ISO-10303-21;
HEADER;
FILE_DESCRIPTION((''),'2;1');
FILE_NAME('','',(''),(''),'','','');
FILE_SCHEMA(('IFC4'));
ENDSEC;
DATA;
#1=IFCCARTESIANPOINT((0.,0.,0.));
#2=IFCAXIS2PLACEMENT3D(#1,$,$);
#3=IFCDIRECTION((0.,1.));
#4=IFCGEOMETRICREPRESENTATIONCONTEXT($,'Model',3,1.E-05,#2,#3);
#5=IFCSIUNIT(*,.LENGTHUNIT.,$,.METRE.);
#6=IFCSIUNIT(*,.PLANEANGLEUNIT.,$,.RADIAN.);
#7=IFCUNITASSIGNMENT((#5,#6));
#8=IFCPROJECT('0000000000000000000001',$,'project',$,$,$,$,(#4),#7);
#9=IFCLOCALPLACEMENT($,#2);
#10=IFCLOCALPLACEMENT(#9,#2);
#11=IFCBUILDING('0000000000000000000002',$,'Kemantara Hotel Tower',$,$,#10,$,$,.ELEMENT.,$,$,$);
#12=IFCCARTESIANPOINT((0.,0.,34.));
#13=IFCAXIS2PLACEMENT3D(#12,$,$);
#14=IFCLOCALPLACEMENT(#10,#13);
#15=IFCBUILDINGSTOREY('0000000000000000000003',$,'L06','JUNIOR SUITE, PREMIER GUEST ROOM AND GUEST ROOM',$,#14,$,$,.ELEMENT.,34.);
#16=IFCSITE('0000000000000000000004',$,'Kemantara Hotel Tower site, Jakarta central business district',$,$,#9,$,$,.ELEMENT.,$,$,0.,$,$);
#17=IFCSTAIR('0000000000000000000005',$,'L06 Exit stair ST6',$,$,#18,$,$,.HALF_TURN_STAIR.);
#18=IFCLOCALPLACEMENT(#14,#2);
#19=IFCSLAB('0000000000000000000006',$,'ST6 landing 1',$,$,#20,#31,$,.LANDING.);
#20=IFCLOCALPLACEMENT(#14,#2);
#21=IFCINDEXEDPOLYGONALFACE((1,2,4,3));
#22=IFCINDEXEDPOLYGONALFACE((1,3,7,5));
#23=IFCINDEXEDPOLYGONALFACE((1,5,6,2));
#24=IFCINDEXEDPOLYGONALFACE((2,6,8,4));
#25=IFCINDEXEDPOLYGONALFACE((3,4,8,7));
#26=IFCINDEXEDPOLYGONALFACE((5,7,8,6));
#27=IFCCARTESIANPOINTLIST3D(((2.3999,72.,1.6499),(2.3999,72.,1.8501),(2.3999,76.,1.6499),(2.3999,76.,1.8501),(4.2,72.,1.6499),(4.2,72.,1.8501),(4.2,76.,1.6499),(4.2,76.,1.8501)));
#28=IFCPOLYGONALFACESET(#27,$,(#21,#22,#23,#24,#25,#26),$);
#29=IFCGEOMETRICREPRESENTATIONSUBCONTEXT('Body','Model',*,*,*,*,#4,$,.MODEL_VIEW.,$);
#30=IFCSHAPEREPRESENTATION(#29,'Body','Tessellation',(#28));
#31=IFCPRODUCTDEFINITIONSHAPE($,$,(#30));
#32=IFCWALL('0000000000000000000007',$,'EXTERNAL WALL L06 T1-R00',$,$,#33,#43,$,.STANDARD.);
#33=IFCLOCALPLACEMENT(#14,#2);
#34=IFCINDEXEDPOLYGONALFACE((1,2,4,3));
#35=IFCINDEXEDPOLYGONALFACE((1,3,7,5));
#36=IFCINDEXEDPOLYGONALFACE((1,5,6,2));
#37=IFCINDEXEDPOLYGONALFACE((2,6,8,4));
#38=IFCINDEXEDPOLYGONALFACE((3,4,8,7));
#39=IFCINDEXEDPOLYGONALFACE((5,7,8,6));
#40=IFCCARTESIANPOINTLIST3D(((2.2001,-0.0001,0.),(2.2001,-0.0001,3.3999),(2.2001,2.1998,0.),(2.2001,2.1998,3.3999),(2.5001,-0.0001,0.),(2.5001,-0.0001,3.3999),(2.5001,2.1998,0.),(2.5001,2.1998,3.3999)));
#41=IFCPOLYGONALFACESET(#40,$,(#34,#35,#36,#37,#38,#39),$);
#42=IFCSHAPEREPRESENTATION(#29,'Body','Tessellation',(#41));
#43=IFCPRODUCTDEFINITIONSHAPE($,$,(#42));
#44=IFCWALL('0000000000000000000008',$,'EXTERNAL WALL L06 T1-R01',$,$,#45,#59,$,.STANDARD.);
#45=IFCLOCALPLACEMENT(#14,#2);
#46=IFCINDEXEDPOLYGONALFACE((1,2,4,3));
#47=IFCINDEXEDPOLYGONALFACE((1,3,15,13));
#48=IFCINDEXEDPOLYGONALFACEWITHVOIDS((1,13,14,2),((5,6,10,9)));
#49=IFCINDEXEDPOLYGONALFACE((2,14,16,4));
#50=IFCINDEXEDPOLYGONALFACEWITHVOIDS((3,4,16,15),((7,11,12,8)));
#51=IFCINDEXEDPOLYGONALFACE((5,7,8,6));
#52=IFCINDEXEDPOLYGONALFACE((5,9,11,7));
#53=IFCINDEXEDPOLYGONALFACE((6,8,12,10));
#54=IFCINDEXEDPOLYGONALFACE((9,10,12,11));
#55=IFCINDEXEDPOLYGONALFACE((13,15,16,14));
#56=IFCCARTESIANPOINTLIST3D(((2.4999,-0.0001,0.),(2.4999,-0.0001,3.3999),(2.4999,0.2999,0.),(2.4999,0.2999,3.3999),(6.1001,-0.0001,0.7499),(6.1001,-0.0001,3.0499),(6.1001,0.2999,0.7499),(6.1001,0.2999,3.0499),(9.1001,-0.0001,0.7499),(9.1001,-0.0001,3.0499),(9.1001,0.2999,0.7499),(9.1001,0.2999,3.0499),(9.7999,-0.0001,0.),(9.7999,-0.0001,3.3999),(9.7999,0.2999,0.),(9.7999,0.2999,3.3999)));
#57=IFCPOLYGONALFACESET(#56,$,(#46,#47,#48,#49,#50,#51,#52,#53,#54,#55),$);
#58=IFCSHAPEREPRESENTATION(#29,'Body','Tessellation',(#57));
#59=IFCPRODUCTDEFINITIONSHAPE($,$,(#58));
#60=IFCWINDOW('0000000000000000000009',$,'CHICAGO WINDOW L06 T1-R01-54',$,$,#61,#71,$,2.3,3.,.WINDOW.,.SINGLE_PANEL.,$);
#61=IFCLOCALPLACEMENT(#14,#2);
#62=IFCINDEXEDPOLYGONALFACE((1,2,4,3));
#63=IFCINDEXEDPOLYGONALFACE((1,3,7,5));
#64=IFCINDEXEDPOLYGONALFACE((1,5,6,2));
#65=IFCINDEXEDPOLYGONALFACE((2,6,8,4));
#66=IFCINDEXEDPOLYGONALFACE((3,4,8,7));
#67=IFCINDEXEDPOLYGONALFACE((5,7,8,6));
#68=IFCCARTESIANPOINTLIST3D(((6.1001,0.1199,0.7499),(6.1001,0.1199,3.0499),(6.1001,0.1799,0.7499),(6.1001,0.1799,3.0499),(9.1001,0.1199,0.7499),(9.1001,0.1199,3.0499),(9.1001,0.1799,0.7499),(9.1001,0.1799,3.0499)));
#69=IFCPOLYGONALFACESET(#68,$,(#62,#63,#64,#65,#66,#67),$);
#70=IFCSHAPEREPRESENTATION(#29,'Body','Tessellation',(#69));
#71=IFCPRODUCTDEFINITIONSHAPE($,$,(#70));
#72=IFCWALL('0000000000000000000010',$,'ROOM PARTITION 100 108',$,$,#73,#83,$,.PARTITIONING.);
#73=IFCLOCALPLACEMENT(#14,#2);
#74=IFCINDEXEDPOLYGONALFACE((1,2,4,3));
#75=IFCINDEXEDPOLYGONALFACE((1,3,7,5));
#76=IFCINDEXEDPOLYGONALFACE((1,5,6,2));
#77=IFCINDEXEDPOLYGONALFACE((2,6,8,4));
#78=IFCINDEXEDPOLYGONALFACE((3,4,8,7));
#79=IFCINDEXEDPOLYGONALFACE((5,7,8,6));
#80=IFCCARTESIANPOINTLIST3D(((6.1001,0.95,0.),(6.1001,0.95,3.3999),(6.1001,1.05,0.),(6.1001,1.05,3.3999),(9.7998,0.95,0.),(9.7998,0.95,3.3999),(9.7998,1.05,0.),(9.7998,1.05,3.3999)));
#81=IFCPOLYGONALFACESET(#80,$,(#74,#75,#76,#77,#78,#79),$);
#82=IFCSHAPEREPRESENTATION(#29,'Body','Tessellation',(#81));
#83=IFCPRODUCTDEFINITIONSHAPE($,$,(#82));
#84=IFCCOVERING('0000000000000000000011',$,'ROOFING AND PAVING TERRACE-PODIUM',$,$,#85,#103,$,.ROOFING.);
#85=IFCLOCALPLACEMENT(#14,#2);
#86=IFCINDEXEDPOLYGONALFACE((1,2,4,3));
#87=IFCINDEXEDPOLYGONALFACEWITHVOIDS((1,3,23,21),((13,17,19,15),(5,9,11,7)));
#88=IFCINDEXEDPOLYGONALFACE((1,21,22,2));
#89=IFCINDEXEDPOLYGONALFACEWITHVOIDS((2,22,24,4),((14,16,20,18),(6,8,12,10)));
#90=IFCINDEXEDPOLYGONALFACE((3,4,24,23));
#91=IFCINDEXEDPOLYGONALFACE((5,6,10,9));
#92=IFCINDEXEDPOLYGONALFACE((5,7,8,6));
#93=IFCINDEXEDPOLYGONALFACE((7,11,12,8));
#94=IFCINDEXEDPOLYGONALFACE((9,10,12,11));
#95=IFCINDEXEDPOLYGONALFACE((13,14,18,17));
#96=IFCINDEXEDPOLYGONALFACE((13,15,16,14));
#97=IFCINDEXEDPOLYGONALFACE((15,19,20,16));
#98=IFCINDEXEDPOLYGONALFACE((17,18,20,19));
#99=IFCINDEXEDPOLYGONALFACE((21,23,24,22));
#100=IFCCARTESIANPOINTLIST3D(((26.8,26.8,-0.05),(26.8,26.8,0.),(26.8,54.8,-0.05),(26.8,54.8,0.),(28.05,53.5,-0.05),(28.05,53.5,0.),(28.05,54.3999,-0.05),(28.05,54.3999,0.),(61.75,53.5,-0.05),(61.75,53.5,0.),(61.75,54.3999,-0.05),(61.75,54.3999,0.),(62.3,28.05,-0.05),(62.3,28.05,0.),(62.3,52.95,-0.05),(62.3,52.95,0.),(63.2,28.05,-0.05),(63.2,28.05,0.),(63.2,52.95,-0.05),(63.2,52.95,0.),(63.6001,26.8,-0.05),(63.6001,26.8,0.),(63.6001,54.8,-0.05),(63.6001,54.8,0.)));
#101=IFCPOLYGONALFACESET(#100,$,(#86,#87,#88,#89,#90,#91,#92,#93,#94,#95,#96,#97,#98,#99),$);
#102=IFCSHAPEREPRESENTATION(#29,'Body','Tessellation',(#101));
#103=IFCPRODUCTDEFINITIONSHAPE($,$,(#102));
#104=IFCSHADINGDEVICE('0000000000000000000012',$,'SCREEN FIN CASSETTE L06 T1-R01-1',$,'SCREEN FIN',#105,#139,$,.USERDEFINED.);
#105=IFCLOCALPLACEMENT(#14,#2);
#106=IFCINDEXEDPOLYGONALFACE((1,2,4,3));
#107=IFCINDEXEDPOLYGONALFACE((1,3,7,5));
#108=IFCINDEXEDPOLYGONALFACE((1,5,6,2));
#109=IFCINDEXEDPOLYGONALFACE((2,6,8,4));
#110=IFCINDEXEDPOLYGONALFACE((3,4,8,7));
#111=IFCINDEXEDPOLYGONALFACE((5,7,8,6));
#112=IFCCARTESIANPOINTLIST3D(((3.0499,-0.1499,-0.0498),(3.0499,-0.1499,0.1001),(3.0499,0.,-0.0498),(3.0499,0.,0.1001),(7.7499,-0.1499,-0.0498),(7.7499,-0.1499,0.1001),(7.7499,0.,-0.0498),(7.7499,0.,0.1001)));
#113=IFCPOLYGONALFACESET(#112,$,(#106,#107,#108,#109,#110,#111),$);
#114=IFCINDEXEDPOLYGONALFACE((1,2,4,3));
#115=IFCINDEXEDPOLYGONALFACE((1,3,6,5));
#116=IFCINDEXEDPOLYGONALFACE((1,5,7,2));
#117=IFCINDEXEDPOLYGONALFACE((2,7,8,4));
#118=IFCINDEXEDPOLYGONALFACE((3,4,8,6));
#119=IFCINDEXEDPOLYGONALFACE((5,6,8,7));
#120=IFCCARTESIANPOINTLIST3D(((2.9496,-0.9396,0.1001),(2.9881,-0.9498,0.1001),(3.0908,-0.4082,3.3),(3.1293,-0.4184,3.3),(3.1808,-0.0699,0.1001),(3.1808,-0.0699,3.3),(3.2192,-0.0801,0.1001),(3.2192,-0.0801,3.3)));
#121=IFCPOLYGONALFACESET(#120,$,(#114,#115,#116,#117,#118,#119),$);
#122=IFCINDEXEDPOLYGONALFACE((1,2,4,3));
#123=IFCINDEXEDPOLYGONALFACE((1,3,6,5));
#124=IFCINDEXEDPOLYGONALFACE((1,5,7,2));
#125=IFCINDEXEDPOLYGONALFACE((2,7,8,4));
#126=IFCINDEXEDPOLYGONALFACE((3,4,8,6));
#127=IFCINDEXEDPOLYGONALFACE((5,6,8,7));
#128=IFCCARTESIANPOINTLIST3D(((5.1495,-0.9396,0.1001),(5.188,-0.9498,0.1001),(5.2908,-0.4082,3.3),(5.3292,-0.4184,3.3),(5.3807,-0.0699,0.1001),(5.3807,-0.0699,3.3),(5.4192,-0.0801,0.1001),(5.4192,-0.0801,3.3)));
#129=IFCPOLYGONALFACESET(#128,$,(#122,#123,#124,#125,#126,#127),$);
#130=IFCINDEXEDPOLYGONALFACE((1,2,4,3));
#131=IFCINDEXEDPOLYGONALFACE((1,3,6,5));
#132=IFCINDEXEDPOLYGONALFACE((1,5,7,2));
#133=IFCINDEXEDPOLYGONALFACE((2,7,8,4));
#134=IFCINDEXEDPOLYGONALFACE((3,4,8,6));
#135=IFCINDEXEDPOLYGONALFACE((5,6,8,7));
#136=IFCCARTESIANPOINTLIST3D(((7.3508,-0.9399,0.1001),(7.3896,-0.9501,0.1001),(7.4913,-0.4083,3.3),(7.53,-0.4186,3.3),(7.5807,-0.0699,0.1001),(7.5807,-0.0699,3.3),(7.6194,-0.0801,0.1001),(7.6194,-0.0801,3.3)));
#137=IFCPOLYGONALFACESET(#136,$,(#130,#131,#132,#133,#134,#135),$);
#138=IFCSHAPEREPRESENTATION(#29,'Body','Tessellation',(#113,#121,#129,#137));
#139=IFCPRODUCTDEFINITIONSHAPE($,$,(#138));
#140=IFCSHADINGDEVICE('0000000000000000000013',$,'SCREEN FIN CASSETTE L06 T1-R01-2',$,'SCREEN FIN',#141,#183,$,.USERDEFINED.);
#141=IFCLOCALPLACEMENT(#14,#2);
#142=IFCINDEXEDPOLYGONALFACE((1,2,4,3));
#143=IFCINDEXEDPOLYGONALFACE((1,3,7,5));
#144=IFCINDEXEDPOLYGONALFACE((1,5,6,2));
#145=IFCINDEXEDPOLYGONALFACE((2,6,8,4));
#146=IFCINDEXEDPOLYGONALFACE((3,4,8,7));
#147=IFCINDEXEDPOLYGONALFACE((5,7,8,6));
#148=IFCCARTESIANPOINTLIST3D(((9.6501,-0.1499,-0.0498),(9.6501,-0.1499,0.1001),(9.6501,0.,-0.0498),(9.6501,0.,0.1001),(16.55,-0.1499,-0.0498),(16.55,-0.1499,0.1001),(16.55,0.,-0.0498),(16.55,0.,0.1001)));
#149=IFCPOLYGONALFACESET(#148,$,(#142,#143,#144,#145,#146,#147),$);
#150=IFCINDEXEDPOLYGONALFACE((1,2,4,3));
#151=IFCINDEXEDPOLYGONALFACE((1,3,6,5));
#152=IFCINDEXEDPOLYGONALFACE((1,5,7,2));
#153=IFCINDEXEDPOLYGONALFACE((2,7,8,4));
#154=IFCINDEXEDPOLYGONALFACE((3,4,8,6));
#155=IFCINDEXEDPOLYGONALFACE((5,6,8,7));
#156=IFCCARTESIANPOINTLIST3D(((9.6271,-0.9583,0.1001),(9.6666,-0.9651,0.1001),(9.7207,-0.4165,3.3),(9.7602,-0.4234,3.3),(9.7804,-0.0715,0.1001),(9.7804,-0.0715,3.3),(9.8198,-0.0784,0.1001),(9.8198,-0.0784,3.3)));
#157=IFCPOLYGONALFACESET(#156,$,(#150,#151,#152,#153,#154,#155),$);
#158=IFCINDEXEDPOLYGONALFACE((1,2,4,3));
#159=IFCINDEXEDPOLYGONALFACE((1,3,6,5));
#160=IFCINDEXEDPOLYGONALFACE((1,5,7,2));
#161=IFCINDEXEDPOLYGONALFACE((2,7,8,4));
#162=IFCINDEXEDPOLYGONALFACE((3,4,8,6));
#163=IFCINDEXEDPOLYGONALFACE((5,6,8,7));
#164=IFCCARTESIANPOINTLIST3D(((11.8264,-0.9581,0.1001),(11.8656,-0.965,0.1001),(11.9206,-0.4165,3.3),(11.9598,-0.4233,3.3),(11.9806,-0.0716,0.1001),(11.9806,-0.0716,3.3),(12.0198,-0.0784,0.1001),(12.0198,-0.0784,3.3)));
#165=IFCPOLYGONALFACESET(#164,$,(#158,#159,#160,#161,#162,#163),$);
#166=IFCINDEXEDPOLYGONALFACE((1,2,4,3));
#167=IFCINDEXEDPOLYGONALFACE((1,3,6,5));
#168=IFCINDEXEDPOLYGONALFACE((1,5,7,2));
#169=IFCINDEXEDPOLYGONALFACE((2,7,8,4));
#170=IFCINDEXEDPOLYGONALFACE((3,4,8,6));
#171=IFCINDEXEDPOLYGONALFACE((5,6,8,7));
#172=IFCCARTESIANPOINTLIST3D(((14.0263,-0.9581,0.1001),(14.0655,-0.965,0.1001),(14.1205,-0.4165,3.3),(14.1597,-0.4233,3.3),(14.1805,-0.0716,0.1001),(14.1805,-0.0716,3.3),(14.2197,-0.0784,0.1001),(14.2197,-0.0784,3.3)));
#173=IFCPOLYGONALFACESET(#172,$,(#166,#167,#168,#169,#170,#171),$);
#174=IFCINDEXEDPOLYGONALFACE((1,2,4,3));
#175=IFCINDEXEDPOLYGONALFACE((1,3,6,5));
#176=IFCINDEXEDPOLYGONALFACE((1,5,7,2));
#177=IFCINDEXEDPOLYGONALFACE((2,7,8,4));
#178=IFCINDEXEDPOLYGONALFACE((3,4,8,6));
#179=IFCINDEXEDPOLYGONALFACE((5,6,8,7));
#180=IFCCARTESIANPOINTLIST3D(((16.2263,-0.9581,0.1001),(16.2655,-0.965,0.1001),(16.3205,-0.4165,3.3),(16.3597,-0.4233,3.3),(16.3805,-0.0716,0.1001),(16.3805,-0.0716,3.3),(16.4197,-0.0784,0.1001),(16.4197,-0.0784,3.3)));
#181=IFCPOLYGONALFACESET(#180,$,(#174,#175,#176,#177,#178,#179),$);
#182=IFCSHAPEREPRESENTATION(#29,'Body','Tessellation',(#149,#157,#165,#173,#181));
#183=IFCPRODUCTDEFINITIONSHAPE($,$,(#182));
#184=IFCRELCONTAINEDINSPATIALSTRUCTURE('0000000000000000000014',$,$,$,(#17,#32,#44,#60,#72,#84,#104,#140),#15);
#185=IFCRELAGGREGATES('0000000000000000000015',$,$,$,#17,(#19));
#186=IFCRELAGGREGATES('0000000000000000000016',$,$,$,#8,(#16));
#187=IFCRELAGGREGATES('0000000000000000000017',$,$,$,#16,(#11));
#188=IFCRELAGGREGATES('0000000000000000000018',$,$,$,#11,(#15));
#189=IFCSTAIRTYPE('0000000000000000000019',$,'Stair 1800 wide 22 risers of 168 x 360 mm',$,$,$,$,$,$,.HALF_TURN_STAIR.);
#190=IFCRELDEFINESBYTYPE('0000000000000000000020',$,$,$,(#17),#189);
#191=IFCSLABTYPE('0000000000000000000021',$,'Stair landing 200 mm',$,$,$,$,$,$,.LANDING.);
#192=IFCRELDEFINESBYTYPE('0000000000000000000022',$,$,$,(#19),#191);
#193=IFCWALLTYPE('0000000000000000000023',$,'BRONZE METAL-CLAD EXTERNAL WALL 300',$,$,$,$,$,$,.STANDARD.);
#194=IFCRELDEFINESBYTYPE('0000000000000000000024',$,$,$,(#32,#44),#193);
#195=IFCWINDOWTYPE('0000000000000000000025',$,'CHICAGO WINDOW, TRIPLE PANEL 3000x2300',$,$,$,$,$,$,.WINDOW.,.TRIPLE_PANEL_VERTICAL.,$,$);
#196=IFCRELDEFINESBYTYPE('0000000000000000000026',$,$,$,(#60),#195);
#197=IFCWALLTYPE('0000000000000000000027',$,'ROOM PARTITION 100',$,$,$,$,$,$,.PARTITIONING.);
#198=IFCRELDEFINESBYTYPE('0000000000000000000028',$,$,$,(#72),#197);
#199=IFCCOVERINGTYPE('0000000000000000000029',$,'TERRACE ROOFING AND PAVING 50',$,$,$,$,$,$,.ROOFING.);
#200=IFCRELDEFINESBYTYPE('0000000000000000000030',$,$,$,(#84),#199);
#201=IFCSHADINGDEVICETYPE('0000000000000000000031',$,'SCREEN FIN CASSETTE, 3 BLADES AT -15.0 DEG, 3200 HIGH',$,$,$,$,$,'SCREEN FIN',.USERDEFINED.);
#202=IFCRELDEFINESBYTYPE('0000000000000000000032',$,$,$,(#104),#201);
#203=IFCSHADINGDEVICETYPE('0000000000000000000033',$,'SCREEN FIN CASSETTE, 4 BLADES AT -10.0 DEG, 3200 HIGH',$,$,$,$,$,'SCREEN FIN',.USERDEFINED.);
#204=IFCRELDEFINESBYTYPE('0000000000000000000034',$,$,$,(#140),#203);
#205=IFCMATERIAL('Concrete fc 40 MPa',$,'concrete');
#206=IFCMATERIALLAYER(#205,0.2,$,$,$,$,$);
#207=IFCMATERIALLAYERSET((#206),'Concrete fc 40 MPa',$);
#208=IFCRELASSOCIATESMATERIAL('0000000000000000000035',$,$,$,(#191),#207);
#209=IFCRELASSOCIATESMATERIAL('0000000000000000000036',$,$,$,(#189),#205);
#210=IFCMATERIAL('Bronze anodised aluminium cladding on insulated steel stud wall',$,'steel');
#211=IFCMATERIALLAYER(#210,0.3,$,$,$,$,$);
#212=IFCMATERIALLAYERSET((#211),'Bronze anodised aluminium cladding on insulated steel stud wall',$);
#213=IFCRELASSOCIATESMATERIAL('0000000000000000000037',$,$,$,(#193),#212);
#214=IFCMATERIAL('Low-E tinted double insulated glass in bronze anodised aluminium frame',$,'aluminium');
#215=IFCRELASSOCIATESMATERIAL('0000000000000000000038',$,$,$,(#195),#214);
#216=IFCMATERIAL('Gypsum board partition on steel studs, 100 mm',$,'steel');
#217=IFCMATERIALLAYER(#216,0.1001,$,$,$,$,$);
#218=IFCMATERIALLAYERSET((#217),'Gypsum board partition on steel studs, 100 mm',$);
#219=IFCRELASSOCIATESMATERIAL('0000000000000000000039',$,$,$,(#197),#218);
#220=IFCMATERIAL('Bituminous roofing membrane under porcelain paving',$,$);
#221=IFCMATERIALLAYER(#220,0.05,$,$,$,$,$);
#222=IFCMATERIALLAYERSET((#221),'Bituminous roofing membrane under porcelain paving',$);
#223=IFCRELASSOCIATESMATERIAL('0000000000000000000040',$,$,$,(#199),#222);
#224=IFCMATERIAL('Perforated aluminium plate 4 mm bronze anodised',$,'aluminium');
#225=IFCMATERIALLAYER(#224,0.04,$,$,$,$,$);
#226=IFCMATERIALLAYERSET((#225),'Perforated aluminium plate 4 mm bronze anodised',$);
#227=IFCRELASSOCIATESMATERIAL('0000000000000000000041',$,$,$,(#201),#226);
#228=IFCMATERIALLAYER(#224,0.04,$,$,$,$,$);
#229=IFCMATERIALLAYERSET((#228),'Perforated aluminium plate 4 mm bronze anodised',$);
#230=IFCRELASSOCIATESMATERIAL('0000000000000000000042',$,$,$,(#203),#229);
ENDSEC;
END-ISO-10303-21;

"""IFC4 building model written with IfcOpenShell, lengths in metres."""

from ifc_helpers import new_model, si_unit, direction, frame, frame_2d, origin, origin_2d, place, context, subcontext, project, spatial, polyline, rectangle, outline, extrude, source, transform, mapped, material, layer, layer_set, type_object, element, fill, aggregate, save


model = new_model("IFC4")

# Units and contexts
model_context = context("Model", 3, precision=1e-05, world=origin(), true_north=direction((0.0, 1.0)))
body_context = subcontext(model_context, "Body", "Model", "MODEL_VIEW")
ifc_project = project(units=[si_unit("LENGTHUNIT", "METRE"), si_unit("PLANEANGLEUNIT", "RADIAN")], contexts=[model_context])

# Site, building, storey
site_placement = place(None, origin())
site = spatial("IfcSite", under=ifc_project, at=site_placement, Name="Kemantara Hotel Tower site, Jakarta central business district", CompositionType="ELEMENT", RefElevation=0.0)
building_placement = place(site_placement, origin())
building = spatial("IfcBuilding", under=site, at=building_placement, Name="Kemantara Hotel Tower", CompositionType="ELEMENT")
storey_placement = place(building_placement, frame((0.0, 0.0, 34.0)))
storey = spatial("IfcBuildingStorey", under=building, at=storey_placement, Name="L06", Description="JUNIOR SUITE, PREMIER GUEST ROOM AND GUEST ROOM", CompositionType="ELEMENT", Elevation=34.0)

# Shared definitions
ifc_material_1 = material(Name="Concrete fc 40 MPa", Category="concrete")

# Stair, slab
ifc_layer_1 = layer(ifc_material_1, 0.2)
ifc_layer_set_1 = layer_set([ifc_layer_1], Name="Concrete fc 40 MPa")
slab_type_1 = type_object("IfcSlabType", Name="Stair landing 200 mm", PredefinedType="LANDING", material=ifc_layer_set_1)
stair_type_1 = type_object("IfcStairType", Name="Stair 1800 wide 22 risers of 168 x 360 mm", PredefinedType="HALF_TURN_STAIR", material=ifc_material_1)
stair_1_placement = place(storey_placement, origin())
stair_1 = element("IfcStair", 1, at=stair_1_placement, inside=storey, type_object=stair_type_1, Name="L06 Exit stair ST6", PredefinedType="HALF_TURN_STAIR")
slab_1_placement = place(storey_placement, frame((0.0, 0.0, 1.6499)))
slab_1 = element("IfcSlab", 2, at=slab_1_placement, type_object=slab_type_1, Name="ST6 landing 1", PredefinedType="LANDING", context=body_context, shape_type="SweptSolid", body=[
    extrude(outline(polyline([(4.2, 76.0), (2.3999, 76.0), (2.3999, 72.0), (4.2, 72.0), (4.2, 76.0)])), origin(), (0.0, 0.0, 1.0), 0.2002),
])
aggregate(stair_1, [slab_1])

# Wall
ifc_material_2 = material(Name="Bronze anodised aluminium cladding on insulated steel stud wall", Category="steel")
ifc_layer_2 = layer(ifc_material_2, 0.3)
ifc_layer_set_2 = layer_set([ifc_layer_2], Name="Bronze anodised aluminium cladding on insulated steel stud wall")
wall_type_1 = type_object("IfcWallType", Name="BRONZE METAL-CLAD EXTERNAL WALL 300", PredefinedType="STANDARD", material=ifc_layer_set_2)
wall_1_placement = place(storey_placement, frame((2.3501, 2.2, 0.0), z_axis=(0.0, 0.0, 1.0), x_axis=(0.0, -1.0, 0.0)))
element("IfcWall", 3, at=wall_1_placement, inside=storey, type_object=wall_type_1, Name="EXTERNAL WALL L06 T1-R00", PredefinedType="STANDARD", context=body_context, shape_type="SweptSolid", body=[
    extrude(rectangle(XDim=2.2, YDim=0.3, at=frame_2d((1.1001, 0.0))), origin(), (0.0, 0.0, 1.0), 3.3999),
])

# Wall, opening, window
wall_2_placement = place(storey_placement, frame((2.5, 0.1499, 0.0), z_axis=(0.0, 0.0, 1.0), x_axis=(1.0, 0.0, 0.0)))
wall_2 = element("IfcWall", 4, at=wall_2_placement, inside=storey, type_object=wall_type_1, Name="EXTERNAL WALL L06 T1-R01", PredefinedType="STANDARD", context=body_context, shape_type="SweptSolid", body=[
    extrude(rectangle(XDim=7.3, YDim=0.3, at=frame_2d((3.6499, 0.0))), origin(), (0.0, 0.0, 1.0), 3.3999),
])
opening_placement = place(wall_2_placement, frame((3.6001, 0.0, 0.75)))
opening = element("IfcOpeningElement", 5, at=opening_placement, cuts=wall_2, PredefinedType="OPENING", context=body_context, shape_type="SweptSolid", body=[
    extrude(rectangle(XDim=3.0, YDim=2.3, at=frame_2d((1.5, 1.1499))), frame((0.0, 0.1599, 0.0), z_axis=(0.0, -1.0, 0.0), x_axis=(1.0, 0.0, 0.0)), (0.0, 0.0, 1.0), 0.3201),
])
ifc_material_3 = material(Name="Low-E tinted double insulated glass in bronze anodised aluminium frame", Category="aluminium")
window_type = type_object("IfcWindowType", Name="CHICAGO WINDOW, TRIPLE PANEL 3000x2300", PartitioningType="TRIPLE_PANEL_VERTICAL", PredefinedType="WINDOW", material=ifc_material_3)
window_placement = place(opening_placement, origin())
window = element("IfcWindow", 6, at=window_placement, inside=storey, type_object=window_type, Name="CHICAGO WINDOW L06 T1-R01-54", OverallHeight=2.3, OverallWidth=3.0, PartitioningType="SINGLE_PANEL", PredefinedType="WINDOW", context=body_context, shape_type="SweptSolid", body=[
    extrude(rectangle(XDim=3.0, YDim=2.3, at=frame_2d((1.5, 1.1499))), frame((0.0, 0.03, 0.0), z_axis=(0.0, -1.0, 0.0), x_axis=(1.0, 0.0, 0.0)), (0.0, 0.0, 1.0), 0.0601),
])
fill(opening, window)

# Wall
ifc_material_4 = material(Name="Gypsum board partition on steel studs, 100 mm", Category="steel")
ifc_layer_3 = layer(ifc_material_4, 0.1001)
ifc_layer_set_3 = layer_set([ifc_layer_3], Name="Gypsum board partition on steel studs, 100 mm")
wall_type_2 = type_object("IfcWallType", Name="ROOM PARTITION 100", PredefinedType="PARTITIONING", material=ifc_layer_set_3)
wall_3_placement = place(storey_placement, frame((6.1001, 1.0, 0.0), z_axis=(0.0, 0.0, 1.0), x_axis=(1.0, 0.0, 0.0)))
element("IfcWall", 7, at=wall_3_placement, inside=storey, type_object=wall_type_2, Name="ROOM PARTITION 100 108", PredefinedType="PARTITIONING", context=body_context, shape_type="SweptSolid", body=[
    extrude(rectangle(XDim=3.6997, YDim=0.1001, at=frame_2d((1.8499, 0.0))), origin(), (0.0, 0.0, 1.0), 3.3999),
])

# Covering
ifc_material_5 = material(Name="Bituminous roofing membrane under porcelain paving")
ifc_layer_4 = layer(ifc_material_5, 0.05)
ifc_layer_set_4 = layer_set([ifc_layer_4], Name="Bituminous roofing membrane under porcelain paving")
covering_type = type_object("IfcCoveringType", Name="TERRACE ROOFING AND PAVING 50", PredefinedType="ROOFING", material=ifc_layer_set_4)
covering_placement = place(storey_placement, frame((0.0, 0.0, -0.05)))
element("IfcCovering", 8, at=covering_placement, inside=storey, type_object=covering_type, Name="ROOFING AND PAVING TERRACE-PODIUM", PredefinedType="ROOFING", context=body_context, shape_type="SweptSolid", body=[
    extrude(outline(polyline([(63.6001, 26.8), (26.8, 26.8), (26.8, 54.8), (63.6001, 54.8), (63.6001, 26.8)]), holes=[polyline([(28.05, 53.5), (61.75, 53.5), (61.75, 54.3999), (28.05, 54.3999), (28.05, 53.5)]), polyline([(63.2, 52.95), (62.3, 52.95), (62.3, 28.05), (63.2, 28.05), (63.2, 52.95)])]), origin(), (0.0, 0.0, 1.0), 0.05),
])

# Shading devices
ifc_material_6 = material(Name="Perforated aluminium plate 4 mm bronze anodised", Category="aluminium")
ifc_layer_5 = layer(ifc_material_6, 0.04)
ifc_layer_set_5 = layer_set([ifc_layer_5], Name="Perforated aluminium plate 4 mm bronze anodised")
shading_device_type_1 = type_object("IfcShadingDeviceType", Name="SCREEN FIN CASSETTE, 3 BLADES AT -15.0 DEG, 3200 HIGH", ElementType="SCREEN FIN", PredefinedType="USERDEFINED", material=ifc_layer_set_5)
shared_shape_1 = source(origin(), body_context, "Body", "SweptSolid", [
    extrude(rectangle(XDim=4.7, YDim=0.1499, at=origin_2d()), frame((2.2, -0.075, -0.1499), z_axis=(0.0, 0.0, 1.0), x_axis=(1.0, 0.0, 0.0)), (0.0, 0.0, 1.0), 0.1499),
    extrude(outline(polyline([(0.0, 0.0), (0.8999, 0.0), (0.3501, 3.2), (0.0, 3.2), (0.0, 0.0)])), frame((0.0193, -0.0801, 0.0), z_axis=(-0.966438, 0.256901, 0.0), x_axis=(-0.256901, -0.966438, 0.0)), (0.0, 0.0, 1.0), 0.0398),
    extrude(outline(polyline([(0.0, 0.0), (0.8999, 0.0), (0.3501, 3.2), (0.0, 3.2), (0.0, 0.0)])), frame((2.2192, -0.0801, 0.0), z_axis=(-0.966438, 0.256901, 0.0), x_axis=(-0.256901, -0.966438, 0.0)), (0.0, 0.0, 1.0), 0.0398),
    extrude(outline(polyline([(0.0, 0.0), (0.8999, 0.0), (0.3501, 3.2), (0.0, 3.2), (0.0, 0.0)])), frame((4.4194, -0.0801, 0.0), z_axis=(-0.966838, 0.255391, 0.0), x_axis=(-0.255391, -0.966838, 0.0)), (0.0, 0.0, 1.0), 0.04),
])
shading_device_1_placement = place(storey_placement, frame((3.2, 0.0, 0.1001), z_axis=(0.0, 0.0, 1.0), x_axis=(1.0, 0.0, 0.0)))
element("IfcShadingDevice", 9, at=shading_device_1_placement, inside=storey, type_object=shading_device_type_1, Name="SCREEN FIN CASSETTE L06 T1-R01-1", ObjectType="SCREEN FIN", PredefinedType="USERDEFINED", context=body_context, shape_type="MappedRepresentation", body=[
    mapped(shared_shape_1, transform((0.0, 0.0, 0.0))),
])
ifc_layer_6 = layer(ifc_material_6, 0.04)
ifc_layer_set_6 = layer_set([ifc_layer_6], Name="Perforated aluminium plate 4 mm bronze anodised")
shading_device_type_2 = type_object("IfcShadingDeviceType", Name="SCREEN FIN CASSETTE, 4 BLADES AT -10.0 DEG, 3200 HIGH", ElementType="SCREEN FIN", PredefinedType="USERDEFINED", material=ifc_layer_set_6)
shared_shape_2 = source(origin(), body_context, "Body", "SweptSolid", [
    extrude(rectangle(XDim=6.8999, YDim=0.1499, at=origin_2d()), frame((3.3, -0.075, -0.1499), z_axis=(0.0, 0.0, 1.0), x_axis=(1.0, 0.0, 0.0)), (0.0, 0.0, 1.0), 0.1499),
    extrude(outline(polyline([(0.0, 0.0), (0.8999, 0.0), (0.3501, 3.2), (0.0, 3.2), (0.0, 0.0)])), frame((0.0198, -0.0784, 0.0), z_axis=(-0.98539, 0.170314, 0.0), x_axis=(-0.170314, -0.98539, 0.0)), (0.0, 0.0, 1.0), 0.04),
    extrude(outline(polyline([(0.0, 0.0), (0.8999, 0.0), (0.3501, 3.2), (0.0, 3.2), (0.0, 0.0)])), frame((2.2197, -0.0784, 0.0), z_axis=(-0.985212, 0.171341, 0.0), x_axis=(-0.171341, -0.985212, 0.0)), (0.0, 0.0, 1.0), 0.0398),
    extrude(outline(polyline([(0.0, 0.0), (0.8999, 0.0), (0.3501, 3.2), (0.0, 3.2), (0.0, 0.0)])), frame((4.4197, -0.0784, 0.0), z_axis=(-0.985212, 0.171341, 0.0), x_axis=(-0.171341, -0.985212, 0.0)), (0.0, 0.0, 1.0), 0.0398),
    extrude(outline(polyline([(0.0, 0.0), (0.8999, 0.0), (0.3501, 3.2), (0.0, 3.2), (0.0, 0.0)])), frame((6.6196, -0.0784, 0.0), z_axis=(-0.985212, 0.171341, 0.0), x_axis=(-0.171341, -0.985212, 0.0)), (0.0, 0.0, 1.0), 0.0398),
])
shading_device_2_placement = place(storey_placement, frame((9.8, 0.0, 0.1001), z_axis=(0.0, 0.0, 1.0), x_axis=(1.0, 0.0, 0.0)))
element("IfcShadingDevice", 10, at=shading_device_2_placement, inside=storey, type_object=shading_device_type_2, Name="SCREEN FIN CASSETTE L06 T1-R01-2", ObjectType="SCREEN FIN", PredefinedType="USERDEFINED", context=body_context, shape_type="MappedRepresentation", body=[
    mapped(shared_shape_2, transform((0.0, 0.0, 0.0))),
])

save(model, "model.ifc")
